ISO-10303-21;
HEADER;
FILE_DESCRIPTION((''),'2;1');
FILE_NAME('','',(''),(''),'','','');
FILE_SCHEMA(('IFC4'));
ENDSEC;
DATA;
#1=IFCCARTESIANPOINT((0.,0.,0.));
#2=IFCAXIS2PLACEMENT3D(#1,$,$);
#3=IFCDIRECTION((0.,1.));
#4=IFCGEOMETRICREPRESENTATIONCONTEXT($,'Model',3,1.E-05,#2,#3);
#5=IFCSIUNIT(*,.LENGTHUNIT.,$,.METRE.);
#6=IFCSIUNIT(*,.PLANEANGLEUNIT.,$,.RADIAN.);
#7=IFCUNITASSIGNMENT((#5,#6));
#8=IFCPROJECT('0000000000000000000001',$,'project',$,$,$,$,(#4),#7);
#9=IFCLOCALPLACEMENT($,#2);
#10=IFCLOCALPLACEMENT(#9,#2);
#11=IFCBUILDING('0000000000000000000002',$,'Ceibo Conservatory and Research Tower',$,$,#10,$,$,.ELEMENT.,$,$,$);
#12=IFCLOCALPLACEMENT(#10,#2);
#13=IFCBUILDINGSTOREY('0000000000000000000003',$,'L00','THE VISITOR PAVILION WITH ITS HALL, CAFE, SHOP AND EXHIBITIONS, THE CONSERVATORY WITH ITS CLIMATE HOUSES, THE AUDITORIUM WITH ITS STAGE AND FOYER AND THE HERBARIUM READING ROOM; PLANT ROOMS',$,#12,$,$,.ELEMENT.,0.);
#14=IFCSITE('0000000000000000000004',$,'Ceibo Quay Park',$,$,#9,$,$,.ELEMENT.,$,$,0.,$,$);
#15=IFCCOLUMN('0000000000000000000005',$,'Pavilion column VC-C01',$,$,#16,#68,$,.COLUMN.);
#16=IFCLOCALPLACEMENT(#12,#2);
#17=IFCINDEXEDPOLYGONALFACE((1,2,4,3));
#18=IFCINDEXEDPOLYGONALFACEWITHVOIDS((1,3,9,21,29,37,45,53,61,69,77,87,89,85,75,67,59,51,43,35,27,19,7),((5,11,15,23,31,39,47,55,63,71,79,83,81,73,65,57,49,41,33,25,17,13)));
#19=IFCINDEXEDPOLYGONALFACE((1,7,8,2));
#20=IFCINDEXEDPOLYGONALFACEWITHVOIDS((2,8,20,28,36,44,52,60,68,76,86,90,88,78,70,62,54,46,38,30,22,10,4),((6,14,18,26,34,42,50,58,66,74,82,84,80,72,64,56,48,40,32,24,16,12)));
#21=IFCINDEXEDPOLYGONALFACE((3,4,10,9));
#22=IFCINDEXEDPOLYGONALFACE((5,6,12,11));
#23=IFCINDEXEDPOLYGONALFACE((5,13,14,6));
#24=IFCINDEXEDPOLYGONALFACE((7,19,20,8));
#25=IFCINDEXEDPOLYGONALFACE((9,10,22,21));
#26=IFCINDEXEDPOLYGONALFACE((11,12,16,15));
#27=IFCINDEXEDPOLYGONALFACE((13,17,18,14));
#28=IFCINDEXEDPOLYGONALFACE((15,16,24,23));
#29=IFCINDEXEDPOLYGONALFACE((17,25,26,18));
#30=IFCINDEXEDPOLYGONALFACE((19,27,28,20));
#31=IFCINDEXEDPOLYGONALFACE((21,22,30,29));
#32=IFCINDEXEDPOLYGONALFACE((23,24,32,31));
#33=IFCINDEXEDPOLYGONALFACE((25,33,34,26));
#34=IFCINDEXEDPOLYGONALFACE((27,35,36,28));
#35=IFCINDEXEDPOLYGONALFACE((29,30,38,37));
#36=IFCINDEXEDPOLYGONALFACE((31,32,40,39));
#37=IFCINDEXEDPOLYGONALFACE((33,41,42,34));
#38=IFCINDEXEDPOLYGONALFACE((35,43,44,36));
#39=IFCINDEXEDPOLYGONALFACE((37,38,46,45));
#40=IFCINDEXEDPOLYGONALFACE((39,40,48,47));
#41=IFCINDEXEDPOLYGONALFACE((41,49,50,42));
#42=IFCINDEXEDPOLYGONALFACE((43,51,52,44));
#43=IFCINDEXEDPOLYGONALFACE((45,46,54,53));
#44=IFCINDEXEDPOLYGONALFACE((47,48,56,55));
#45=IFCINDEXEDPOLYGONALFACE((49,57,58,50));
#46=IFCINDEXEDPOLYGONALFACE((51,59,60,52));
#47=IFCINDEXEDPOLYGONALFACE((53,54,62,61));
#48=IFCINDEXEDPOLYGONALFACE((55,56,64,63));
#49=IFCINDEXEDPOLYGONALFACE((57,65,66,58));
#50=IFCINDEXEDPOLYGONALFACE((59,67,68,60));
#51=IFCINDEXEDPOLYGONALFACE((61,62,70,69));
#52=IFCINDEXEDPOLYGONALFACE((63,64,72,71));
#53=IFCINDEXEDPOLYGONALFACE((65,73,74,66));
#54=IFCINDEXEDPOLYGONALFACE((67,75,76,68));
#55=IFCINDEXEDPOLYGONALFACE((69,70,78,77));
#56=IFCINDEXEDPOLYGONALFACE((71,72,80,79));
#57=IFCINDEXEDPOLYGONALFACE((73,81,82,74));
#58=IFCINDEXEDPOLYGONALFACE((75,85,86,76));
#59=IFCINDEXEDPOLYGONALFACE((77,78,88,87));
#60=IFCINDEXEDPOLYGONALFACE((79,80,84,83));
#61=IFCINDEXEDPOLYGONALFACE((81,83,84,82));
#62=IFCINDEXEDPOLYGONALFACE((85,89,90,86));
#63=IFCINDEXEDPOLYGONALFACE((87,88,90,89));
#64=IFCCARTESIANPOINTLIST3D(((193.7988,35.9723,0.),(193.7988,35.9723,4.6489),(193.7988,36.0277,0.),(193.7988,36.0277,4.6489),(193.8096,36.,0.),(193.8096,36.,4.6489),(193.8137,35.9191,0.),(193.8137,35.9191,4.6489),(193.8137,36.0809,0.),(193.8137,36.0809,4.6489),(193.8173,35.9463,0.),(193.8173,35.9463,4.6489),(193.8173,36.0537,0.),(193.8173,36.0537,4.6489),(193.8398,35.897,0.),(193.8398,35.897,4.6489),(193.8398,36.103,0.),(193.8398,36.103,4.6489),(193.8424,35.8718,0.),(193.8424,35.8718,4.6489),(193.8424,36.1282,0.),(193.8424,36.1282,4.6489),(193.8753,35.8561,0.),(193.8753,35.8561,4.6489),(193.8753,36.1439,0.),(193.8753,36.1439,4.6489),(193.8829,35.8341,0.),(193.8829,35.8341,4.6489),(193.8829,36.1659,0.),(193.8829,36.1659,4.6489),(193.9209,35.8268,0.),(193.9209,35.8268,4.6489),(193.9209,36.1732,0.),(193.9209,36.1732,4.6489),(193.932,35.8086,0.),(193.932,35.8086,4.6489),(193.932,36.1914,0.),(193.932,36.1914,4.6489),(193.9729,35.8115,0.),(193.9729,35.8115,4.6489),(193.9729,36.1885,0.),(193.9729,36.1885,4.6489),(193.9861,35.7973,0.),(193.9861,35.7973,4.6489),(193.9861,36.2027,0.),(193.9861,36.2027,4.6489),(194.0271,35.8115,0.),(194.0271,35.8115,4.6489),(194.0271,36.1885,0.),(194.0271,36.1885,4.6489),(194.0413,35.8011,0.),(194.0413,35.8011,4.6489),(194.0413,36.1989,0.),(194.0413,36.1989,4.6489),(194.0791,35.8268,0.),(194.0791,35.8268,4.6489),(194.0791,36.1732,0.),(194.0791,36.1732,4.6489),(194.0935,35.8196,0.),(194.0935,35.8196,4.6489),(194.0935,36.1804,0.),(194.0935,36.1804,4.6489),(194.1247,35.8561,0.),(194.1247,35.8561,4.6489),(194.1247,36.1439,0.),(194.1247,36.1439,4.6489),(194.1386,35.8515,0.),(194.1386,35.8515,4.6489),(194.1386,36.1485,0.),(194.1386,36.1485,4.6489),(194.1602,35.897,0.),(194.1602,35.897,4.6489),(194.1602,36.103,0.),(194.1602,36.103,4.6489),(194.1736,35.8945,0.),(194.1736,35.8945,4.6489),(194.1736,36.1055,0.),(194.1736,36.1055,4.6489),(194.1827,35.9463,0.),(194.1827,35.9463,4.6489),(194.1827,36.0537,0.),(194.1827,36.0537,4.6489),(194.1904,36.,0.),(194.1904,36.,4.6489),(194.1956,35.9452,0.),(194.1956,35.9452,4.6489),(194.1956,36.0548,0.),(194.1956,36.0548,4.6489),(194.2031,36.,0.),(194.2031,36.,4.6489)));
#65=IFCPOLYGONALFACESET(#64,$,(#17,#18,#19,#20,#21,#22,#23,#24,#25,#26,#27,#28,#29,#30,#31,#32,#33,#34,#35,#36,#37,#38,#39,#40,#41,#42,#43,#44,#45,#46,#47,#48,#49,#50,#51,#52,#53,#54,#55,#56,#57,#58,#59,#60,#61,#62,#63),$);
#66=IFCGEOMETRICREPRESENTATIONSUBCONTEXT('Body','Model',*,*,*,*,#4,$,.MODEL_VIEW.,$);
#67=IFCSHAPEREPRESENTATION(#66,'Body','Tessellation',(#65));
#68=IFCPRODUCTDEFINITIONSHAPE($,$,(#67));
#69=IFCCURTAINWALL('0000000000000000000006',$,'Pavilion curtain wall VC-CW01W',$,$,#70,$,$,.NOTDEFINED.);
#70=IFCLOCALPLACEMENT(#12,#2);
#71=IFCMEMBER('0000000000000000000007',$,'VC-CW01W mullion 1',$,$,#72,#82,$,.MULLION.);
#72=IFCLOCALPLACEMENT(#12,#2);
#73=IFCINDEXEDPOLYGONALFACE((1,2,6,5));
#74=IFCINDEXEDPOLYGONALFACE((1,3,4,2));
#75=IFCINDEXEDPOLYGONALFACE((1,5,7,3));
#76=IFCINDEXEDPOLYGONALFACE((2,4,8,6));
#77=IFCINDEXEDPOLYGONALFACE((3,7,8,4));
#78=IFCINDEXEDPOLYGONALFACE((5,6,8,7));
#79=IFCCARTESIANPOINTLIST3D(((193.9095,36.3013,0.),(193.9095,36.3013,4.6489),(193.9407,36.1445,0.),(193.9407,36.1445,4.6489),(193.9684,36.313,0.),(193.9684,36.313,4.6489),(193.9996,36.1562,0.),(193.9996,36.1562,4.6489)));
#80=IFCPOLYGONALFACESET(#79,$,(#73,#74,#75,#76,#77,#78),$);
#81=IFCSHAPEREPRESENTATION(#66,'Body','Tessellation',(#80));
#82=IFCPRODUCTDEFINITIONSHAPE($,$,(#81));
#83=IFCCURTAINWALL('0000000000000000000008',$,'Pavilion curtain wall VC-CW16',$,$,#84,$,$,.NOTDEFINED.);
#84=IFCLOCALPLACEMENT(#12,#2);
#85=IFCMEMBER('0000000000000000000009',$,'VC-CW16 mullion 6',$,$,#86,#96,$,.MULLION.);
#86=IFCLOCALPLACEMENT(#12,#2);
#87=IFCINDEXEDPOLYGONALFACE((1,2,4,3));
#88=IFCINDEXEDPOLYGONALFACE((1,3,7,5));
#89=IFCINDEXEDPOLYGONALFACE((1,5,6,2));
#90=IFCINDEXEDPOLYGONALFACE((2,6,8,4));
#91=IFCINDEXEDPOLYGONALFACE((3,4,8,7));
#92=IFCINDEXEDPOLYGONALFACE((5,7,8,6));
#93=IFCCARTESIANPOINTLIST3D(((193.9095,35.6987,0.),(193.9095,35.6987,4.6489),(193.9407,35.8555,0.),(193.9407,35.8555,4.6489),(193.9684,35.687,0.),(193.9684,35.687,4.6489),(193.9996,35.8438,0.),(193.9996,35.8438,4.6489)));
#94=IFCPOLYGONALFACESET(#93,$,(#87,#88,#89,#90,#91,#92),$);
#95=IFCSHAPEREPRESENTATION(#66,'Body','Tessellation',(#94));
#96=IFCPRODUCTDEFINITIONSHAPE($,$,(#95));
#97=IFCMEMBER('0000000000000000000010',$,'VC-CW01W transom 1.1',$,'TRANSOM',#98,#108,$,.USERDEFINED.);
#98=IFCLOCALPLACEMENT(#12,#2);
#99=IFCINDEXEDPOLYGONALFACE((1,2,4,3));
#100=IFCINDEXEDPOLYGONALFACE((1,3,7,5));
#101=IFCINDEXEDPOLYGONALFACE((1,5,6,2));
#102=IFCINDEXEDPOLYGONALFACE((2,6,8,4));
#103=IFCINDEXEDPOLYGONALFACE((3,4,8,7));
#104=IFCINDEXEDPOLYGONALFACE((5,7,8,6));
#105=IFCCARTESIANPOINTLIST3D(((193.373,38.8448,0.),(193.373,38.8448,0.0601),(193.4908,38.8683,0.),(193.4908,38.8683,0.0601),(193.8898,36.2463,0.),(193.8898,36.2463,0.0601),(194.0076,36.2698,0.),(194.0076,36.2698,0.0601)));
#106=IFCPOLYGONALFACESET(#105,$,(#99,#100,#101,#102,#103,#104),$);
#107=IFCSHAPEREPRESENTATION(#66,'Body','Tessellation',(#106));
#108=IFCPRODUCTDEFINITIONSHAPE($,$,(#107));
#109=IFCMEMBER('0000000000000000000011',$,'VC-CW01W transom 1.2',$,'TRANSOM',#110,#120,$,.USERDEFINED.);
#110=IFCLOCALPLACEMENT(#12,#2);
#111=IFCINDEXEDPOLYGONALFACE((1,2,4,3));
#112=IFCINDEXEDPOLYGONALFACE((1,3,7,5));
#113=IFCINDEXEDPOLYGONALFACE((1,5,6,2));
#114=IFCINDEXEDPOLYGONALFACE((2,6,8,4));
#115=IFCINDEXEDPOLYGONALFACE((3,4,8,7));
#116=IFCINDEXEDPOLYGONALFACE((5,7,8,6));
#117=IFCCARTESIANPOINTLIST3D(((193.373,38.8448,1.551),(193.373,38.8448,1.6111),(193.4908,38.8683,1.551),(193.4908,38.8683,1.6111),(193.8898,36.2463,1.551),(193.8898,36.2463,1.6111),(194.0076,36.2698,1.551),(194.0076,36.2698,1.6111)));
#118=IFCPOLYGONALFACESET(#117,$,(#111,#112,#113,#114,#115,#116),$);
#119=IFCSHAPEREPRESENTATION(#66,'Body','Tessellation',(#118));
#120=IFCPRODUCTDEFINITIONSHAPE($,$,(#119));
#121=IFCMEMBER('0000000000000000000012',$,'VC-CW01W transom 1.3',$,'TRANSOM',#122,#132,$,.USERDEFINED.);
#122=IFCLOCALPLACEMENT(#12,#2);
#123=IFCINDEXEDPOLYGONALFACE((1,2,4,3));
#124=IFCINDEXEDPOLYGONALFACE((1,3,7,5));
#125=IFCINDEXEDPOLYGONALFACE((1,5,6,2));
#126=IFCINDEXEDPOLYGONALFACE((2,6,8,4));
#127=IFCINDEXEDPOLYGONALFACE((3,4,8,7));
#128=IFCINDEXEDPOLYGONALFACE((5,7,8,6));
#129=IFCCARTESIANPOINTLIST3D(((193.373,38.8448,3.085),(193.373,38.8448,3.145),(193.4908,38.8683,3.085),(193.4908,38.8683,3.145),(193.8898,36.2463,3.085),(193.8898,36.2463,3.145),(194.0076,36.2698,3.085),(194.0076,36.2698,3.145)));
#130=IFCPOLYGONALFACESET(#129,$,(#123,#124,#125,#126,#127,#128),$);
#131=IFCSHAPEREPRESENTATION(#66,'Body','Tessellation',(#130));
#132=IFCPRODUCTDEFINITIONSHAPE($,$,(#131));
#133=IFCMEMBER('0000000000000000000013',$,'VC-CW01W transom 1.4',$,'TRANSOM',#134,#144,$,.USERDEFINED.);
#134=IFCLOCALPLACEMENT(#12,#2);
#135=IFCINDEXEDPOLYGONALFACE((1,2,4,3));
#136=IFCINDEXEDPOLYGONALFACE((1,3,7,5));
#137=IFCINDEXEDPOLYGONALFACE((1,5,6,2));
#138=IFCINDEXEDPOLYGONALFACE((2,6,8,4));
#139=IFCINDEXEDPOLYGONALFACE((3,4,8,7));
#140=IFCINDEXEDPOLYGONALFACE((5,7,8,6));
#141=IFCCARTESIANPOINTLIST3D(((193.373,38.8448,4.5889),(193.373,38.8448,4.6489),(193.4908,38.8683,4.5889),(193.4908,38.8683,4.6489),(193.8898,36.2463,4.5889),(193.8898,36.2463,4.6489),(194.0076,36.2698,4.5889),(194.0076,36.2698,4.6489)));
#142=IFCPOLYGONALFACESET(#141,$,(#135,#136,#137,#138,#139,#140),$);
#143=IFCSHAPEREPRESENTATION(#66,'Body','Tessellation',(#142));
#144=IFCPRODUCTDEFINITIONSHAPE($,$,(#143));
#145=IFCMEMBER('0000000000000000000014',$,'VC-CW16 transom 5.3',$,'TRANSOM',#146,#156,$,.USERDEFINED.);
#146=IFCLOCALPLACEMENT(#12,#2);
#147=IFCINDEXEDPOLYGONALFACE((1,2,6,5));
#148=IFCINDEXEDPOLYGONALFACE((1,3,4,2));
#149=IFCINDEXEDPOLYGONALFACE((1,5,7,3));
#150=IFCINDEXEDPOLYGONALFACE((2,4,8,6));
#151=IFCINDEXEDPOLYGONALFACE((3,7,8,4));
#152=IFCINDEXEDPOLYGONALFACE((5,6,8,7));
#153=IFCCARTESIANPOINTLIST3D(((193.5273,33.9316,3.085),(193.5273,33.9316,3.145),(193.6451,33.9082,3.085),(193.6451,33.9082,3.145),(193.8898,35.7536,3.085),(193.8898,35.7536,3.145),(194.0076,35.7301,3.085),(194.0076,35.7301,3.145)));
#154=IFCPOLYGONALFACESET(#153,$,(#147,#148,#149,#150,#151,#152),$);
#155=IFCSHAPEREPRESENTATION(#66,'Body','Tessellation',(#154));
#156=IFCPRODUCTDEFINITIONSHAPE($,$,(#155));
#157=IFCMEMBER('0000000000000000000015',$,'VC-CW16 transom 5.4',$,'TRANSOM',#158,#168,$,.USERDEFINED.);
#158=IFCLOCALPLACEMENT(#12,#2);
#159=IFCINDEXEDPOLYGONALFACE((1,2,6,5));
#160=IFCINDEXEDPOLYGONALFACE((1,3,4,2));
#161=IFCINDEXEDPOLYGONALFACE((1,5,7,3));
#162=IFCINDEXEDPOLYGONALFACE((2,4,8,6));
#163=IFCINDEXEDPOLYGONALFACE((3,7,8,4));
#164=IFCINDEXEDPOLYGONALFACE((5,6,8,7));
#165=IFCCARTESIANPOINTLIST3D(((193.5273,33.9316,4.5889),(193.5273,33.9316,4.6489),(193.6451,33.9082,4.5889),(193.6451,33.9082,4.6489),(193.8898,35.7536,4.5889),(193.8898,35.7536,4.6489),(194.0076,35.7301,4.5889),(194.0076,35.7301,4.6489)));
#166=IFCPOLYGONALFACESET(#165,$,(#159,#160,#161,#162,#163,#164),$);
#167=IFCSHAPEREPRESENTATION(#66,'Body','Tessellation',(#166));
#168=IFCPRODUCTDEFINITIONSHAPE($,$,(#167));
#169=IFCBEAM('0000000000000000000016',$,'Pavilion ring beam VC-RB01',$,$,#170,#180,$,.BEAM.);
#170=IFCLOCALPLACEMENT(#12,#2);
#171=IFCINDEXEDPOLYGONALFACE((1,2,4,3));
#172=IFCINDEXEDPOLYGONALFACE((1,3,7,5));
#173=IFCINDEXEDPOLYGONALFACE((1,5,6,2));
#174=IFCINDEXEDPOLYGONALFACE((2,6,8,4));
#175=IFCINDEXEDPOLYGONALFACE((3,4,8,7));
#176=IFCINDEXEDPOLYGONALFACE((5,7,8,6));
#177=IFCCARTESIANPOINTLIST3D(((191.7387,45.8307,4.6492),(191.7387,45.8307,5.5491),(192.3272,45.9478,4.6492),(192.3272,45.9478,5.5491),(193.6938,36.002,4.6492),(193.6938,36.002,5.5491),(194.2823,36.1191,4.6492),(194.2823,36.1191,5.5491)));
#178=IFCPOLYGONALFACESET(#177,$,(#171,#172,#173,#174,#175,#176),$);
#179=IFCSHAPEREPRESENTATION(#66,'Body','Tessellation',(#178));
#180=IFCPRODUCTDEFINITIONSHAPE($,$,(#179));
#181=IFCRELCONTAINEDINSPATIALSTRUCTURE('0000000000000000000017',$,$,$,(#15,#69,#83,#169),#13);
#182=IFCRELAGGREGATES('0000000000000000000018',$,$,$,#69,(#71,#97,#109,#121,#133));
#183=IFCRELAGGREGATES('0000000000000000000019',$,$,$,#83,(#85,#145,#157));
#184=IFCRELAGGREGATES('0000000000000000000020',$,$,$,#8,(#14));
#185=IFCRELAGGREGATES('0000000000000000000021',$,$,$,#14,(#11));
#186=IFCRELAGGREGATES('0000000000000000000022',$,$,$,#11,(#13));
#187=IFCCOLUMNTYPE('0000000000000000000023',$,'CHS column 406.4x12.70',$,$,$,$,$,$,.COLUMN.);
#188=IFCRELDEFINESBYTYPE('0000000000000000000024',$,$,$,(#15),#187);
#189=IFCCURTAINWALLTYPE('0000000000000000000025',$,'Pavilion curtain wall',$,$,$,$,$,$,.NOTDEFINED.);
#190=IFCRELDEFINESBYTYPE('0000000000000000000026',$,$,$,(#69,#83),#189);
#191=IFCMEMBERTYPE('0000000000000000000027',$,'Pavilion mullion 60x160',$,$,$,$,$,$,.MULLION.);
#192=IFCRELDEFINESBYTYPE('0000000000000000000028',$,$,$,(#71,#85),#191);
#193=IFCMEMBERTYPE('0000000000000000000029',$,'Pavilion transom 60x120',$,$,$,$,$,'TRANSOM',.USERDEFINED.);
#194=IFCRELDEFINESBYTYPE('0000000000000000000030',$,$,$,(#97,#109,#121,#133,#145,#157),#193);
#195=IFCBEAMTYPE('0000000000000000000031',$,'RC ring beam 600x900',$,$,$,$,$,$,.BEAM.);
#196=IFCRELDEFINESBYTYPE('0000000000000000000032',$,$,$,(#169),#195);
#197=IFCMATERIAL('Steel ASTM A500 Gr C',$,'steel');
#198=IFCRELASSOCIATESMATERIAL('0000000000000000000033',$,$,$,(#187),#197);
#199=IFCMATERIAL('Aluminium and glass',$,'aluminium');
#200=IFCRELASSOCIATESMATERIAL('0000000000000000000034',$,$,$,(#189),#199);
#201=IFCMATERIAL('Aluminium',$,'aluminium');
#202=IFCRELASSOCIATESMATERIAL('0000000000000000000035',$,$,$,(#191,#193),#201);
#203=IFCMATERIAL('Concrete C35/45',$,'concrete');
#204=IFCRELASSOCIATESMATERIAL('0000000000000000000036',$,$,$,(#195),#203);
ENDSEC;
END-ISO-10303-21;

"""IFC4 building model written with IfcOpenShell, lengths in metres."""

from ifc_helpers import new_model, si_unit, direction, frame, origin, origin_2d, place, context, subcontext, project, spatial, rectangle, hollow_circle, extrude, material, material_profile, profile_set, type_object, element, aggregate, save


model = new_model("IFC4")

# Units and contexts
model_context = context("Model", 3, precision=1e-05, world=origin(), true_north=direction((0.0, 1.0)))
body_context = subcontext(model_context, "Body", "Model", "MODEL_VIEW")
ifc_project = project(units=[si_unit("LENGTHUNIT", "METRE"), si_unit("PLANEANGLEUNIT", "RADIAN")], contexts=[model_context])

# Site, building, storey
site_placement = place(None, origin())
site = spatial("IfcSite", under=ifc_project, at=site_placement, Name="Ceibo Quay Park", CompositionType="ELEMENT", RefElevation=0.0)
building_placement = place(site_placement, origin())
building = spatial("IfcBuilding", under=site, at=building_placement, Name="Ceibo Conservatory and Research Tower", CompositionType="ELEMENT")
storey_placement = place(building_placement, origin())
storey = spatial("IfcBuildingStorey", under=building, at=storey_placement, Name="L00", Description="THE VISITOR PAVILION WITH ITS HALL, CAFE, SHOP AND EXHIBITIONS, THE CONSERVATORY WITH ITS CLIMATE HOUSES, THE AUDITORIUM WITH ITS STAGE AND FOYER AND THE HERBARIUM READING ROOM; PLANT ROOMS", CompositionType="ELEMENT", Elevation=0.0)

# Shared definitions
ifc_material_1 = material(Name="Concrete C35/45", Category="concrete")

# Column
ifc_material_2 = material(Name="Steel ASTM A500 Gr C", Category="steel")
ifc_material_profile_1 = material_profile(ifc_material_2, hollow_circle(Radius=0.2031, WallThickness=0.0127, at=origin_2d()), Name="CHS column 406.4x12.70")
ifc_profile_set_1 = profile_set([ifc_material_profile_1], Name="Steel ASTM A500 Gr C")
column_type_1 = type_object("IfcColumnType", Name="CHS column 406.4x12.70", PredefinedType="COLUMN", material=ifc_profile_set_1)
column_1_placement = place(storey_placement, frame((194.0, 36.0, 0.0), z_axis=(0.0, 0.0, 1.0), x_axis=(1.0, 0.0, 0.0)))
element("IfcColumn", 1, at=column_1_placement, inside=storey, type_object=column_type_1, Name="Pavilion column VC-C01", PredefinedType="COLUMN", context=body_context, shape_type="SweptSolid", body=[
    extrude(hollow_circle(Radius=0.2031, WallThickness=0.0127, at=origin_2d()), origin(), (0.0, 0.0, 1.0), 4.6489),
])

# Curtain walls, members
ifc_material_3 = material(Name="Aluminium and glass", Category="aluminium")
curtain_wall_type = type_object("IfcCurtainWallType", Name="Pavilion curtain wall", PredefinedType="NOTDEFINED", material=ifc_material_3)
curtain_wall_1_placement = place(storey_placement, origin())
curtain_wall_1 = element("IfcCurtainWall", 2, at=curtain_wall_1_placement, inside=storey, type_object=curtain_wall_type, Name="Pavilion curtain wall VC-CW01W", PredefinedType="NOTDEFINED")
ifc_material_4 = material(Name="Aluminium", Category="aluminium")
ifc_material_profile_2 = material_profile(ifc_material_4, rectangle(XDim=0.0601, YDim=0.1599, at=origin_2d()), Name="AL 60x160")
ifc_profile_set_2 = profile_set([ifc_material_profile_2], Name="Aluminium")
member_type_1 = type_object("IfcMemberType", Name="Pavilion mullion 60x160", PredefinedType="MULLION", material=ifc_profile_set_2)
member_1_placement = place(storey_placement, frame((193.9546, 36.2288, 0.0), z_axis=(0.0, 0.0, 1.0), x_axis=(-0.980785, -0.19509, 0.0)))
member_1 = element("IfcMember", 3, at=member_1_placement, type_object=member_type_1, Name="VC-CW01W mullion 1", PredefinedType="MULLION", context=body_context, shape_type="SweptSolid", body=[
    extrude(rectangle(XDim=0.0601, YDim=0.1599, at=origin_2d()), origin(), (0.0, 0.0, 1.0), 4.6489),
])
curtain_wall_2_placement = place(storey_placement, origin())
curtain_wall_2 = element("IfcCurtainWall", 4, at=curtain_wall_2_placement, inside=storey, type_object=curtain_wall_type, Name="Pavilion curtain wall VC-CW16", PredefinedType="NOTDEFINED")
member_2_placement = place(storey_placement, frame((193.9546, 35.7712, 0.0), z_axis=(0.0, 0.0, 1.0), x_axis=(-0.980785, 0.19509, 0.0)))
member_2 = element("IfcMember", 5, at=member_2_placement, type_object=member_type_1, Name="VC-CW16 mullion 6", PredefinedType="MULLION", context=body_context, shape_type="SweptSolid", body=[
    extrude(rectangle(XDim=0.0601, YDim=0.1599, at=origin_2d()), origin(), (0.0, 0.0, 1.0), 4.6489),
])

# Members
ifc_material_profile_3 = material_profile(ifc_material_4, rectangle(XDim=0.1201, YDim=0.0601, at=origin_2d()), Name="AL 60x120")
ifc_profile_set_3 = profile_set([ifc_material_profile_3], Name="Aluminium")
member_type_2 = type_object("IfcMemberType", Name="Pavilion transom 60x120", ElementType="TRANSOM", PredefinedType="USERDEFINED", material=ifc_profile_set_3)
member_3_placement = place(storey_placement, frame((193.9487, 36.2581, 0.03), z_axis=(-0.195088, 0.980786, 0.0), x_axis=(-0.980786, -0.195088, 0.0)))
member_3 = element("IfcMember", 6, at=member_3_placement, type_object=member_type_2, Name="VC-CW01W transom 1.1", ObjectType="TRANSOM", PredefinedType="USERDEFINED", context=body_context, shape_type="SweptSolid", body=[
    extrude(rectangle(XDim=0.1201, YDim=0.0601, at=origin_2d()), origin(), (0.0, 0.0, 1.0), 2.6494),
])
member_4_placement = place(storey_placement, frame((193.9487, 36.2581, 1.5811), z_axis=(-0.195088, 0.980786, 0.0), x_axis=(-0.980786, -0.195088, 0.0)))
member_4 = element("IfcMember", 7, at=member_4_placement, type_object=member_type_2, Name="VC-CW01W transom 1.2", ObjectType="TRANSOM", PredefinedType="USERDEFINED", context=body_context, shape_type="SweptSolid", body=[
    extrude(rectangle(XDim=0.1201, YDim=0.0601, at=origin_2d()), origin(), (0.0, 0.0, 1.0), 2.6494),
])
member_5_placement = place(storey_placement, frame((193.9487, 36.2581, 3.115), z_axis=(-0.195088, 0.980786, 0.0), x_axis=(-0.980786, -0.195088, 0.0)))
member_5 = element("IfcMember", 8, at=member_5_placement, type_object=member_type_2, Name="VC-CW01W transom 1.3", ObjectType="TRANSOM", PredefinedType="USERDEFINED", context=body_context, shape_type="SweptSolid", body=[
    extrude(rectangle(XDim=0.1201, YDim=0.0601, at=origin_2d()), origin(), (0.0, 0.0, 1.0), 2.6494),
])
member_6_placement = place(storey_placement, frame((193.9487, 36.2581, 4.6189), z_axis=(-0.195088, 0.980786, 0.0), x_axis=(-0.980786, -0.195088, 0.0)))
member_6 = element("IfcMember", 9, at=member_6_placement, type_object=member_type_2, Name="VC-CW01W transom 1.4", ObjectType="TRANSOM", PredefinedType="USERDEFINED", context=body_context, shape_type="SweptSolid", body=[
    extrude(rectangle(XDim=0.1201, YDim=0.0601, at=origin_2d()), origin(), (0.0, 0.0, 1.0), 2.6494),
])
member_7_placement = place(storey_placement, frame((193.5862, 33.9199, 3.115), z_axis=(0.195156, 0.980772, 0.0), x_axis=(-0.980772, 0.195156, 0.0)))
member_7 = element("IfcMember", 10, at=member_7_placement, type_object=member_type_2, Name="VC-CW16 transom 5.3", ObjectType="TRANSOM", PredefinedType="USERDEFINED", context=body_context, shape_type="SweptSolid", body=[
    extrude(rectangle(XDim=0.1201, YDim=0.0601, at=origin_2d()), origin(), (0.0, 0.0, 1.0), 1.8577),
])
member_8_placement = place(storey_placement, frame((193.5862, 33.9199, 4.6189), z_axis=(0.195156, 0.980772, 0.0), x_axis=(-0.980772, 0.195156, 0.0)))
member_8 = element("IfcMember", 11, at=member_8_placement, type_object=member_type_2, Name="VC-CW16 transom 5.4", ObjectType="TRANSOM", PredefinedType="USERDEFINED", context=body_context, shape_type="SweptSolid", body=[
    extrude(rectangle(XDim=0.1201, YDim=0.0601, at=origin_2d()), origin(), (0.0, 0.0, 1.0), 1.8577),
])

# Beam
ifc_material_profile_4 = material_profile(ifc_material_1, rectangle(XDim=0.6001, YDim=0.8999, at=origin_2d()), Name="RC 600x900")
ifc_profile_set_4 = profile_set([ifc_material_profile_4], Name="Concrete C35/45")
beam_type_1 = type_object("IfcBeamType", Name="RC ring beam 600x900", PredefinedType="BEAM", material=ifc_profile_set_4)
beam_1_placement = place(storey_placement, frame((193.988, 36.0605, 5.0991), z_axis=(-0.195095, 0.980784, 0.0), x_axis=(-0.980784, -0.195095, 0.0)))
element("IfcBeam", 12, at=beam_1_placement, inside=storey, type_object=beam_type_1, Name="Pavilion ring beam VC-RB01", PredefinedType="BEAM", context=body_context, shape_type="SweptSolid", body=[
    extrude(rectangle(XDim=0.6001, YDim=0.8999, at=origin_2d()), origin(), (0.0, 0.0, 1.0), 10.0212),
])

aggregate(curtain_wall_1, [member_1, member_3, member_4, member_5, member_6])
aggregate(curtain_wall_2, [member_2, member_7, member_8])

save(model, "model.ifc")
